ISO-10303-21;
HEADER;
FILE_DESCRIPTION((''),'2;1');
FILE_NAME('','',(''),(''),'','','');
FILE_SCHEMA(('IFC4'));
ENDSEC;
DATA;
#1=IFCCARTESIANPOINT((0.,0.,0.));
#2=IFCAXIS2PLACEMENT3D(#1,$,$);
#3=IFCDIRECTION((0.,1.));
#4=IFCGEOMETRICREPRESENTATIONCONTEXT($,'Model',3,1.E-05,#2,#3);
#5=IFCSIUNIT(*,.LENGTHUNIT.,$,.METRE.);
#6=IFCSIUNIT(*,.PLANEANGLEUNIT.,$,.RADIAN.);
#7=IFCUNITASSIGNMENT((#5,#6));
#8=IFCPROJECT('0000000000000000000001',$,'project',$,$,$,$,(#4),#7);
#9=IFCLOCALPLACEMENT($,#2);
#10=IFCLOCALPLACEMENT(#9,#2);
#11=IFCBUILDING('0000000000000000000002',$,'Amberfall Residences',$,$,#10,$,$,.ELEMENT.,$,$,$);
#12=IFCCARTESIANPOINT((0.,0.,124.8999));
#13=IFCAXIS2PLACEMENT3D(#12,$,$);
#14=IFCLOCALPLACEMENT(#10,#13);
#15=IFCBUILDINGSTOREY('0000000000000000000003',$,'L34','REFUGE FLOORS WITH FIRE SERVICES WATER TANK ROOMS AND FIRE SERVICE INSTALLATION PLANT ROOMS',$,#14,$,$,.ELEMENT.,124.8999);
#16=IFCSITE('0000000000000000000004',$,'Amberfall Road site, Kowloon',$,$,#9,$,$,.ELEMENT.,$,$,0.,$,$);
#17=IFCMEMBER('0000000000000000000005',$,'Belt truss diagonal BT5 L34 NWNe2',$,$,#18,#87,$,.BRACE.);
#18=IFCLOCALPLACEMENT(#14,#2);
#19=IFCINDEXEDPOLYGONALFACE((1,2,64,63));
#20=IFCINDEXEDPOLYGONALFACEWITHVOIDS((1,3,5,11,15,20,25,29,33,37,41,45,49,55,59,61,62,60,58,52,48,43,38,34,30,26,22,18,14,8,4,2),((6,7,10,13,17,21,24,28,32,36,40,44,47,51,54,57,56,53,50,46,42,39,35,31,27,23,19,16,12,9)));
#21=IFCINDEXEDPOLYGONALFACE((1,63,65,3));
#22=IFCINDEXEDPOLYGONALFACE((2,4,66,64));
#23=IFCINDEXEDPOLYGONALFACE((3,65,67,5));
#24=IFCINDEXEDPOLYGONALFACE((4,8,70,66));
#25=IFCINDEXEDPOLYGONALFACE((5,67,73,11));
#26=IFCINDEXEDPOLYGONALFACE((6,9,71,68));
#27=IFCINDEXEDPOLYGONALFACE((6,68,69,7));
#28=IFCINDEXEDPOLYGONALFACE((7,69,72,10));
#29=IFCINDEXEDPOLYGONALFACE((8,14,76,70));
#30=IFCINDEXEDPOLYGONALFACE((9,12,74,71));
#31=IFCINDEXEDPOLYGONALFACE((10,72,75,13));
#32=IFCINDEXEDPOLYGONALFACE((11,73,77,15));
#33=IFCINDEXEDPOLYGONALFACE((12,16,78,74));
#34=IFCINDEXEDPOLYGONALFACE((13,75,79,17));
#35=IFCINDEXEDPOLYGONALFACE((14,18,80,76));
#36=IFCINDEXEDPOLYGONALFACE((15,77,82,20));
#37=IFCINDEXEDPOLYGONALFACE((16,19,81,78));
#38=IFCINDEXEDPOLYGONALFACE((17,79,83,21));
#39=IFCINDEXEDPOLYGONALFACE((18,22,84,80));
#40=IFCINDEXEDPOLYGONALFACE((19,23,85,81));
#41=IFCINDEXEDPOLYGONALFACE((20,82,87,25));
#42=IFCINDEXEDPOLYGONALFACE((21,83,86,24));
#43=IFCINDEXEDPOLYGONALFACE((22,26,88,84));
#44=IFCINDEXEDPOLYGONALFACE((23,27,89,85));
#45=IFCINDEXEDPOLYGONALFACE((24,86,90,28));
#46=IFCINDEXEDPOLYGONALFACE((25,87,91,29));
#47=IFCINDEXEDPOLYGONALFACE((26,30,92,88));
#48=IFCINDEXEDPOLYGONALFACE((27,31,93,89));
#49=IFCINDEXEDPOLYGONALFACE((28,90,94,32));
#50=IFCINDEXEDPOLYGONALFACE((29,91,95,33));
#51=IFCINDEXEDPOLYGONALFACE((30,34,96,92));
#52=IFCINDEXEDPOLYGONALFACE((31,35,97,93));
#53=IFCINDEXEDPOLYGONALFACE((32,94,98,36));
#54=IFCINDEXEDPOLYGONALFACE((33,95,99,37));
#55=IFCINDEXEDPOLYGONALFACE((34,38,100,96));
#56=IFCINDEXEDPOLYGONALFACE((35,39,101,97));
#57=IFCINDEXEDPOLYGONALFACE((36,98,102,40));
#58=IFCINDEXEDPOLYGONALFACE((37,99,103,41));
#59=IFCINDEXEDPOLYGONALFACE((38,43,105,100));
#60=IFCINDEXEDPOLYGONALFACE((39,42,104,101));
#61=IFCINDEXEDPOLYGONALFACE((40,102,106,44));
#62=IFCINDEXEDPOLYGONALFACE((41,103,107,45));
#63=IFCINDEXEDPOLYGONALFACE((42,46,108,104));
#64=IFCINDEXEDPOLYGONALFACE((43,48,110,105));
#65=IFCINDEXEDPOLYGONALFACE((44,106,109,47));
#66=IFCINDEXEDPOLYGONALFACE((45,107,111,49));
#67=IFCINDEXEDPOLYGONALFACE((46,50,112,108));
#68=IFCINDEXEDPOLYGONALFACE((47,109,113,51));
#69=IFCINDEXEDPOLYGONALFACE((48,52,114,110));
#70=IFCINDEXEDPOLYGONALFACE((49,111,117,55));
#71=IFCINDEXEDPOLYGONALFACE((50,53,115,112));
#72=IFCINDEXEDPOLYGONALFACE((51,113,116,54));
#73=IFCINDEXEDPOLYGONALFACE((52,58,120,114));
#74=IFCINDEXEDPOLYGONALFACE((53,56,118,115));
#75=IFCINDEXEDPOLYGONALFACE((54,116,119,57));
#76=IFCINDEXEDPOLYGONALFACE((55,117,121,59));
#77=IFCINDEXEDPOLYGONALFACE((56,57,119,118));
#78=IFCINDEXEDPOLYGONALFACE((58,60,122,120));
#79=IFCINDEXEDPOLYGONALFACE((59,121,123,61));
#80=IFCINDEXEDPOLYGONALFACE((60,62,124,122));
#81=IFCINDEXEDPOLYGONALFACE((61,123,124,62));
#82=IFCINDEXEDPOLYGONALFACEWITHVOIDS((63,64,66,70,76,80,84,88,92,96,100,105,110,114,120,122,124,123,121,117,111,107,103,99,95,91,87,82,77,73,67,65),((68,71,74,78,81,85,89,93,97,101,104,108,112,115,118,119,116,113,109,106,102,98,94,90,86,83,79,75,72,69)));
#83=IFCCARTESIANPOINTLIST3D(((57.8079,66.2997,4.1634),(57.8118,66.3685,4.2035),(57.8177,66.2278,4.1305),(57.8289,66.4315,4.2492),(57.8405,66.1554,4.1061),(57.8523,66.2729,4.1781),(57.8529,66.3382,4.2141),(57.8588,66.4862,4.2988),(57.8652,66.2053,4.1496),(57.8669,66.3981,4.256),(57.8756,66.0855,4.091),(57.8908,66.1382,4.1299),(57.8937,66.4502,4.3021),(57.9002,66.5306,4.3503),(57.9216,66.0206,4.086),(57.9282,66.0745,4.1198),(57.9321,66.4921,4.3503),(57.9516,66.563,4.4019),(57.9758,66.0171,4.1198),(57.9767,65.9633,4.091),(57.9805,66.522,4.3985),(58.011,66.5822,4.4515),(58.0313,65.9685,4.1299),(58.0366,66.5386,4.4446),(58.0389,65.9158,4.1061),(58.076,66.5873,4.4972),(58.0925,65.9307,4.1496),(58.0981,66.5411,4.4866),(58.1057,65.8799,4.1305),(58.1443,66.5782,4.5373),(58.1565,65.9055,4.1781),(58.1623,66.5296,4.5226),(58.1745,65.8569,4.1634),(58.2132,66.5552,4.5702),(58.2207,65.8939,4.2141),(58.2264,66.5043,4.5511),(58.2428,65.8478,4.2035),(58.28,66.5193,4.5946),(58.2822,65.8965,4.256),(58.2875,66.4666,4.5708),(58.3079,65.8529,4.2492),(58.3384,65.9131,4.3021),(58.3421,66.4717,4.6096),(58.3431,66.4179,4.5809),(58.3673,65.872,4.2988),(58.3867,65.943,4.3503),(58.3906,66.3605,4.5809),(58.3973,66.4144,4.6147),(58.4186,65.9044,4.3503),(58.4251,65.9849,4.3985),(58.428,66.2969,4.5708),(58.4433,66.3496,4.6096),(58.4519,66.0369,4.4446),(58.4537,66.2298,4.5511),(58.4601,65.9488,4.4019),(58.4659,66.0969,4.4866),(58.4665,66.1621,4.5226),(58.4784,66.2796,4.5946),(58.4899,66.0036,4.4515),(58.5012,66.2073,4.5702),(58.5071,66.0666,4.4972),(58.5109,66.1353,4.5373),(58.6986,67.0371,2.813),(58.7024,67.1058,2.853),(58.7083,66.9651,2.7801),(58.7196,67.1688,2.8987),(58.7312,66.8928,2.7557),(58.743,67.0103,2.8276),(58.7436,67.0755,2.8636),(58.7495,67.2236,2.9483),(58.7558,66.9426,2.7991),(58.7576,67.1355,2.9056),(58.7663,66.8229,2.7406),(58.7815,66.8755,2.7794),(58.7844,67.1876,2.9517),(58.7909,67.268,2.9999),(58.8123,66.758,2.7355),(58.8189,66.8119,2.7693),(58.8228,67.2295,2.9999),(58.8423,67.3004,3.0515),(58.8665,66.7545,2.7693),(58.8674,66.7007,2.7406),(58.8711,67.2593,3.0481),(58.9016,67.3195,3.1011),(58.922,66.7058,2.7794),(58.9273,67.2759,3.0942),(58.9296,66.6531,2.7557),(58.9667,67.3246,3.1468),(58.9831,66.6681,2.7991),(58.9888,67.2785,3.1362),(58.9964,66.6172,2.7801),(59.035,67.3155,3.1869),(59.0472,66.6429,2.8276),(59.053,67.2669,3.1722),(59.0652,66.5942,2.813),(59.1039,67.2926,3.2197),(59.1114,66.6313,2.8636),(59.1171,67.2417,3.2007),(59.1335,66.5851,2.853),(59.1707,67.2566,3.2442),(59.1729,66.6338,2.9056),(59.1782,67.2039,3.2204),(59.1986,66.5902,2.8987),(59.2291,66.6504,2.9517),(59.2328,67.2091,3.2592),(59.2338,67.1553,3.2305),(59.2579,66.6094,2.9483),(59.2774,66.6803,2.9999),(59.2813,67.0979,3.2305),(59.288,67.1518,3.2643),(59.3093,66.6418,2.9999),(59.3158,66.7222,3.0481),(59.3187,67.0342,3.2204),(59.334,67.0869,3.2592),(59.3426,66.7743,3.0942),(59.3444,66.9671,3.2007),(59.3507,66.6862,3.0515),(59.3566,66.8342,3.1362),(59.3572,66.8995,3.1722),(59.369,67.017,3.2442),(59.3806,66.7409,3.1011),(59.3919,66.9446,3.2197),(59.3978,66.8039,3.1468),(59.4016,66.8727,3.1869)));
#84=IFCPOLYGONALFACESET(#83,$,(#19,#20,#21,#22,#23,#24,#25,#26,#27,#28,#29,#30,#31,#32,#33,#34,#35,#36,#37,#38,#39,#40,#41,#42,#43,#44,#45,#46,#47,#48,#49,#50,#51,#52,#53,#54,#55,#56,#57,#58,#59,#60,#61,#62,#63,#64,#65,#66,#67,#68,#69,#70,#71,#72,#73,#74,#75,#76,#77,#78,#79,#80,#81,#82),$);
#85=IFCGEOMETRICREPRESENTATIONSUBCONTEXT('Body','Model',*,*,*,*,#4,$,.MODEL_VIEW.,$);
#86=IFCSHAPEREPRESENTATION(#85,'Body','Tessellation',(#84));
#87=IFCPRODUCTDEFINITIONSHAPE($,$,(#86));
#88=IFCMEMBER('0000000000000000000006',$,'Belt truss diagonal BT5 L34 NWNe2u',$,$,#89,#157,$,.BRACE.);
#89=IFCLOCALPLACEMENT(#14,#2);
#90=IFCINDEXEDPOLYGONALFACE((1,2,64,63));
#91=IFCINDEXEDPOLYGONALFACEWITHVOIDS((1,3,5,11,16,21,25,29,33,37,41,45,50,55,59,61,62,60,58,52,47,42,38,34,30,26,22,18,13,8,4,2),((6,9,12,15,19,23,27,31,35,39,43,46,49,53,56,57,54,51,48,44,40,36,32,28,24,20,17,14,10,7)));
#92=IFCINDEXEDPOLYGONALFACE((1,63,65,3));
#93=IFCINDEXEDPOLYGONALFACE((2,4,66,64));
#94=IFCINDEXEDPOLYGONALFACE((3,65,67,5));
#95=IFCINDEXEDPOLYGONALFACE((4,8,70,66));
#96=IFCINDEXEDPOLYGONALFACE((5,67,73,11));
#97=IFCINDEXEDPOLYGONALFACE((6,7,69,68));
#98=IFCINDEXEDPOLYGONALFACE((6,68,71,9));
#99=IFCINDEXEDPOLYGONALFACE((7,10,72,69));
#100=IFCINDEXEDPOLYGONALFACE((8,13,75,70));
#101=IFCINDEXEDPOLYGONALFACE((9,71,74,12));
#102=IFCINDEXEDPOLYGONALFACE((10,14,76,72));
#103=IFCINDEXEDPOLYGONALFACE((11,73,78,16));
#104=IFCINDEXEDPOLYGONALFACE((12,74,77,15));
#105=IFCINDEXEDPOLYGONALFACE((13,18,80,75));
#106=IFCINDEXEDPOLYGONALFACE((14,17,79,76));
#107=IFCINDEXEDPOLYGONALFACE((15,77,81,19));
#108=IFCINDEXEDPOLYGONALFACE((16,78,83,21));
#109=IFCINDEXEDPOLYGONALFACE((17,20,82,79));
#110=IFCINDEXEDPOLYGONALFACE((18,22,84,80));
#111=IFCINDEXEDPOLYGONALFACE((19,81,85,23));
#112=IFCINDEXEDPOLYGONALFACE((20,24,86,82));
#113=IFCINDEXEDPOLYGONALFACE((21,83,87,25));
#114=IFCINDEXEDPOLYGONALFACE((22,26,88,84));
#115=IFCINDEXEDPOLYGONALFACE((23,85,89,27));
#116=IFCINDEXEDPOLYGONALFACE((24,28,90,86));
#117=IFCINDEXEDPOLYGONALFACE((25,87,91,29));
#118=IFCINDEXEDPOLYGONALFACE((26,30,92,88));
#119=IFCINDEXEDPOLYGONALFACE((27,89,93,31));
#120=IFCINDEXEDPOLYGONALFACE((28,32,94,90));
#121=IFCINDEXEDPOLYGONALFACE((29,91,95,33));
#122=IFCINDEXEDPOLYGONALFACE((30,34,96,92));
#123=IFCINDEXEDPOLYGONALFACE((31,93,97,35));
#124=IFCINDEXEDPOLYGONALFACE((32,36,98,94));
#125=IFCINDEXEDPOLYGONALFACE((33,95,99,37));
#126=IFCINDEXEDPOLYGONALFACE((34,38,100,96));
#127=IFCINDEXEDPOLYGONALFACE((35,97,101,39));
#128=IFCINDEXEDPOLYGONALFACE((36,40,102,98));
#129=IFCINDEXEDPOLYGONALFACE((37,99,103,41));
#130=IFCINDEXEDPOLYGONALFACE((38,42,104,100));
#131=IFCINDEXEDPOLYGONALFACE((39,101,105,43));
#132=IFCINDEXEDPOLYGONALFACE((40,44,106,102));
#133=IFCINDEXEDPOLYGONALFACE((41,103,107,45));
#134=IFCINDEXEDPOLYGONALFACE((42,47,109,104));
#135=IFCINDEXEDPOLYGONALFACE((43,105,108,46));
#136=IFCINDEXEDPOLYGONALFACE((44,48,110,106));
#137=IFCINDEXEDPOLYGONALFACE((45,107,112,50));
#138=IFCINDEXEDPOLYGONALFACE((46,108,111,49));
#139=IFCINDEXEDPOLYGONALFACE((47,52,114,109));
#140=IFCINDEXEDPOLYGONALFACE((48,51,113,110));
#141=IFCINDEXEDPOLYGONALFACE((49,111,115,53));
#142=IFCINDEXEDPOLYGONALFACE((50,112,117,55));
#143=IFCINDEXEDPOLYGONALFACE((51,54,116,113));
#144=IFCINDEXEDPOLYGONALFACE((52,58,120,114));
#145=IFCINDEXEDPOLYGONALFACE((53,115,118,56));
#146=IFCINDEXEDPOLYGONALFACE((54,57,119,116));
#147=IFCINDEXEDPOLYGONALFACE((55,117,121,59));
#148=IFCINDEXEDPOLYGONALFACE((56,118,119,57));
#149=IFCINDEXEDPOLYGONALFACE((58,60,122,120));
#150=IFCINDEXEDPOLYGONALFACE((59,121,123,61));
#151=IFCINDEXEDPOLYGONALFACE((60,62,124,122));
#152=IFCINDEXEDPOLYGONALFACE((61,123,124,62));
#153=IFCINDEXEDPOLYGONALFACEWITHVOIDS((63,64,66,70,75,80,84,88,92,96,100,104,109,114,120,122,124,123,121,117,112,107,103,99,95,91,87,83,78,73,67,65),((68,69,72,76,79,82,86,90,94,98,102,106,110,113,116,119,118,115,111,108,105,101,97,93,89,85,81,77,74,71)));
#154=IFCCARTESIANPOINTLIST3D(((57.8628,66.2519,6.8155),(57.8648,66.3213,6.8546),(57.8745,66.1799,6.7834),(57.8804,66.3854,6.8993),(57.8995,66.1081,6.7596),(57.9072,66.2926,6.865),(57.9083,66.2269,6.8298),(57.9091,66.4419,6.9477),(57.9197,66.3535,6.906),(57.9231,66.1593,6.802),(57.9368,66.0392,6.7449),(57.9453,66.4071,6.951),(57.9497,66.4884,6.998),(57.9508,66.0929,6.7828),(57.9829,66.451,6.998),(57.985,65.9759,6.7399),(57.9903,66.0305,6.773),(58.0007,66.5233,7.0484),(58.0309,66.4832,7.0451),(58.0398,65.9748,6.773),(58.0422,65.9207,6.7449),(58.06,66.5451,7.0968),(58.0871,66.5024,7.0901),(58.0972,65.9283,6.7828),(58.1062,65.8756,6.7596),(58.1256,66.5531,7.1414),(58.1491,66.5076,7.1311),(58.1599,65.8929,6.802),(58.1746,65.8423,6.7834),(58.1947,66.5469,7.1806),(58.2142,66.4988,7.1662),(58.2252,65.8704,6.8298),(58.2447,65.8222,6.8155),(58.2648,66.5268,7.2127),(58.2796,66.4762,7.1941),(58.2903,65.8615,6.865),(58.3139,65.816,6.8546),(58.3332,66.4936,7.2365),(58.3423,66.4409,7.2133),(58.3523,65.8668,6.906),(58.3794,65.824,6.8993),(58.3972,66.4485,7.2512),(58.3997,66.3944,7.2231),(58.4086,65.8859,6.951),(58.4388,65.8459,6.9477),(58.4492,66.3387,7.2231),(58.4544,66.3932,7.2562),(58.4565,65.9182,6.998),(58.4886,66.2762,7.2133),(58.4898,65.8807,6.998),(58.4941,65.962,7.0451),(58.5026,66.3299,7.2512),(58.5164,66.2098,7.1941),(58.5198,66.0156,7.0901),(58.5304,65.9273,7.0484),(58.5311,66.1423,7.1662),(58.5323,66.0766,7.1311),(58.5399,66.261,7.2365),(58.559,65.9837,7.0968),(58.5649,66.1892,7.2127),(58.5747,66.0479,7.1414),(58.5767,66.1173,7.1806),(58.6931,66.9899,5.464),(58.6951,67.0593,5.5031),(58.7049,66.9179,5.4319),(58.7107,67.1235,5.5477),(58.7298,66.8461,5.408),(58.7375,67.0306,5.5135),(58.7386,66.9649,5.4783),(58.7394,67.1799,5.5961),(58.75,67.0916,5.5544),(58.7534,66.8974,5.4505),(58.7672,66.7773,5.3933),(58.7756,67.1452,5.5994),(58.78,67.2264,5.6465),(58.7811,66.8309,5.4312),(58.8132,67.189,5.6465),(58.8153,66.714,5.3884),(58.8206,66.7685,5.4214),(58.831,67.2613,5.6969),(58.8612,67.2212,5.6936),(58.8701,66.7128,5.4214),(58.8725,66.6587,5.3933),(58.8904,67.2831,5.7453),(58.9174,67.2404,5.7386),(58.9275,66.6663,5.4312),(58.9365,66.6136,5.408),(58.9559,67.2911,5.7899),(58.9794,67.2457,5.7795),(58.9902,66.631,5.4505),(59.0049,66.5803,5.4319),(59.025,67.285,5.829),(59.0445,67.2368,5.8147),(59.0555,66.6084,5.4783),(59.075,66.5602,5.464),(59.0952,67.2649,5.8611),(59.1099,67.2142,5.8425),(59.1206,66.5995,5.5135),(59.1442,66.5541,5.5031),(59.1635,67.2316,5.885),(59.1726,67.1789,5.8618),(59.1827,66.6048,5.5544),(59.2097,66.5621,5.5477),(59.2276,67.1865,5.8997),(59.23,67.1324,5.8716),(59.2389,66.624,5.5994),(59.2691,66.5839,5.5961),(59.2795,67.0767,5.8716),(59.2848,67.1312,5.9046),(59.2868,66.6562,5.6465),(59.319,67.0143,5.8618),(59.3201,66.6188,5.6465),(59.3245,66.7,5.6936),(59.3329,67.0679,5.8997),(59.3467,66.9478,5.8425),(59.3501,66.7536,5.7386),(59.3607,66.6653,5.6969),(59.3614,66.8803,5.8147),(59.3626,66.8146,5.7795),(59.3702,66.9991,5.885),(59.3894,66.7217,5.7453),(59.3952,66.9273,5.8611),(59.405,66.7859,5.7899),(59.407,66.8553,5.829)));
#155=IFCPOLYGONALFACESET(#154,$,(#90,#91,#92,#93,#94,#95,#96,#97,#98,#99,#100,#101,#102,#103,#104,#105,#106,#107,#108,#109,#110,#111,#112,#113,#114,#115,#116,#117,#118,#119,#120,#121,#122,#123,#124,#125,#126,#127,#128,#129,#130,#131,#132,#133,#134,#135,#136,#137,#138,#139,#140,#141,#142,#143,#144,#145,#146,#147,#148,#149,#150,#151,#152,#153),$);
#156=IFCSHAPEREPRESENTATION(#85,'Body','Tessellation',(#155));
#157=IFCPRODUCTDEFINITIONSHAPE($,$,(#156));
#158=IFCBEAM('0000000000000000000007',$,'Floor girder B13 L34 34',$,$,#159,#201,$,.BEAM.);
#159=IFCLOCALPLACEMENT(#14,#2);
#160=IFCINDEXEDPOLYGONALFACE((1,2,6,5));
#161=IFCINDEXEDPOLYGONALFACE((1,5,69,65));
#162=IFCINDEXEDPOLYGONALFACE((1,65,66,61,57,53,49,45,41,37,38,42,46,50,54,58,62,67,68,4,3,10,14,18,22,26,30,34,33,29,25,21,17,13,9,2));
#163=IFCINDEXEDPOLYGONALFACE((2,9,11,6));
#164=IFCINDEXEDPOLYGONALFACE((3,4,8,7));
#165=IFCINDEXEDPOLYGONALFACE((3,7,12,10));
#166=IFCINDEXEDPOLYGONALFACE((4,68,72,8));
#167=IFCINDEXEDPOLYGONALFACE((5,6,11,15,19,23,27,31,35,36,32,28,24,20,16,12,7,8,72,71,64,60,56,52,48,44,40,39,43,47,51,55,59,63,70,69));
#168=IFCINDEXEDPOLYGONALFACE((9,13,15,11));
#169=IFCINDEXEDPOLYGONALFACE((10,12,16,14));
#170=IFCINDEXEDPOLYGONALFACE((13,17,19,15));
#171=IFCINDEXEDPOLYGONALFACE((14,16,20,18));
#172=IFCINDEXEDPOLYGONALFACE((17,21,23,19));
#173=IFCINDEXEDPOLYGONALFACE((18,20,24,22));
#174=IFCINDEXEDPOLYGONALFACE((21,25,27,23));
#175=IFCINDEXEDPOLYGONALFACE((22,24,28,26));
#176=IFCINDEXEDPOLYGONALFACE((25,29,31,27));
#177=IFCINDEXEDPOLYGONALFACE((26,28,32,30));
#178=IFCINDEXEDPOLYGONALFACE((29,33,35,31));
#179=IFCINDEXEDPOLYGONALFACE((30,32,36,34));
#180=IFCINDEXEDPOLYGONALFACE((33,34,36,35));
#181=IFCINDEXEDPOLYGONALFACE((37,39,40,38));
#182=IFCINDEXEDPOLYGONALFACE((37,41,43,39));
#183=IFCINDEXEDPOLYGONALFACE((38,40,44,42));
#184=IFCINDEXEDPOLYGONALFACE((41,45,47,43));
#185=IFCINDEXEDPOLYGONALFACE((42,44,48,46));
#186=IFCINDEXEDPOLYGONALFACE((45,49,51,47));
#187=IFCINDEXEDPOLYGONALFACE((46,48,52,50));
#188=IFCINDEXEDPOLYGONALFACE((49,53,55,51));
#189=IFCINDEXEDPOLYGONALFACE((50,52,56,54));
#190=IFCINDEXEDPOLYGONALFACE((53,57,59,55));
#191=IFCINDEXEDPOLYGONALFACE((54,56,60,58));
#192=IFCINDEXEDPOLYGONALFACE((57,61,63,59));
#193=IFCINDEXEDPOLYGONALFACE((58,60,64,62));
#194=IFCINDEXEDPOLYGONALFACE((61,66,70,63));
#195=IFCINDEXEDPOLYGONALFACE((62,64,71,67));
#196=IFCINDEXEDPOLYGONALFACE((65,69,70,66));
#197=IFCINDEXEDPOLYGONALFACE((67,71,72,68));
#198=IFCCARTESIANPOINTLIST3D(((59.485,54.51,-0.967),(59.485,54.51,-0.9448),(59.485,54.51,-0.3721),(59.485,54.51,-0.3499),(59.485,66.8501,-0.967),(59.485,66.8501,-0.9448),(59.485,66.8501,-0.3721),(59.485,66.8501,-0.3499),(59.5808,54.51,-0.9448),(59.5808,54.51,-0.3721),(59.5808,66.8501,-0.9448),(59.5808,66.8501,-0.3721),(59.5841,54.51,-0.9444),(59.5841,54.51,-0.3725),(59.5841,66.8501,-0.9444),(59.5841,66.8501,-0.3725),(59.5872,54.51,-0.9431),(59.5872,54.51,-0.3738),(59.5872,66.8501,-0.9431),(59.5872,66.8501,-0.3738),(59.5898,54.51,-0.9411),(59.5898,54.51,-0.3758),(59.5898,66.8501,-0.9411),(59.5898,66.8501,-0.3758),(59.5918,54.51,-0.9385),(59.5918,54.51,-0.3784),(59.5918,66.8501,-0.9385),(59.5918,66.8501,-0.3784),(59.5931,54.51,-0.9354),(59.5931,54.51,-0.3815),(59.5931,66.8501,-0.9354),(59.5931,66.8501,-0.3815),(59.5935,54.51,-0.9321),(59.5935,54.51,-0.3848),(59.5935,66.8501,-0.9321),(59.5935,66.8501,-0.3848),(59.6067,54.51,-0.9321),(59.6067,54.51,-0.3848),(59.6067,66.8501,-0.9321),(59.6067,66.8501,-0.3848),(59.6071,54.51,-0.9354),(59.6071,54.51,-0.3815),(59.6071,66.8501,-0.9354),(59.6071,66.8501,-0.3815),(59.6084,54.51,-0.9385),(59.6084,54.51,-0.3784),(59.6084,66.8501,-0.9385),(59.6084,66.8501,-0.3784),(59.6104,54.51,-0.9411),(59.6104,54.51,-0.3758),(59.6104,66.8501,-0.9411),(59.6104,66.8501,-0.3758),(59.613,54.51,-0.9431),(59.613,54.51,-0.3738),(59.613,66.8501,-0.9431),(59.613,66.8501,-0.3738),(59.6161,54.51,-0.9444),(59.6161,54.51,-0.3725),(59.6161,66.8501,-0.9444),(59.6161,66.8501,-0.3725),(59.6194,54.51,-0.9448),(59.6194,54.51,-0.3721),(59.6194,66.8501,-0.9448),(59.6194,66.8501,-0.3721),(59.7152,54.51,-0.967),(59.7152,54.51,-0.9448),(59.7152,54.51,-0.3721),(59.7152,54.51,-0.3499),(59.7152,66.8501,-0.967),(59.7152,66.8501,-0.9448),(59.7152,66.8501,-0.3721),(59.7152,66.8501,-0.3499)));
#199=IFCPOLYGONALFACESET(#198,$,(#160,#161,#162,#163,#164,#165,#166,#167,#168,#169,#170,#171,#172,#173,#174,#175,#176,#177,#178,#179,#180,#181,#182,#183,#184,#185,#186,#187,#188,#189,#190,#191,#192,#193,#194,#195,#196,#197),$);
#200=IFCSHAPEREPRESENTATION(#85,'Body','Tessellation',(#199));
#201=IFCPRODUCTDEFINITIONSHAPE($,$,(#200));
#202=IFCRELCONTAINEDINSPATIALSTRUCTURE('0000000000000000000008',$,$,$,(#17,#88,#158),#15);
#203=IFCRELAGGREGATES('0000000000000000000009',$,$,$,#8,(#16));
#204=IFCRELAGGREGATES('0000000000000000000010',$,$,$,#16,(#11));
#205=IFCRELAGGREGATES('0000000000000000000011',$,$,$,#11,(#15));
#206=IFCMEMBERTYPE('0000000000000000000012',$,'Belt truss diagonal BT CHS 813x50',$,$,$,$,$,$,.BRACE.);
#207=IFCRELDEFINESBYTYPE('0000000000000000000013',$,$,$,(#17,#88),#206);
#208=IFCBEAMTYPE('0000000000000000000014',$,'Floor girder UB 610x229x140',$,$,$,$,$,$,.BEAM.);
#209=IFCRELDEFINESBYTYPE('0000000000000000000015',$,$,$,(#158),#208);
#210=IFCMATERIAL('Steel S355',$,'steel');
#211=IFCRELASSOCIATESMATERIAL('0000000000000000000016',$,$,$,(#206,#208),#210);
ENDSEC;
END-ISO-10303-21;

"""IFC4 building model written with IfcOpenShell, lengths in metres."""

from ifc_helpers import new_model, si_unit, direction, frame, origin, origin_2d, place, context, subcontext, project, spatial, hollow_circle, i_section, extrude, material, material_profile, profile_set, type_object, element, save


model = new_model("IFC4")

# Units and contexts
model_context = context("Model", 3, precision=1e-05, world=origin(), true_north=direction((0.0, 1.0)))
body_context = subcontext(model_context, "Body", "Model", "MODEL_VIEW")
ifc_project = project(units=[si_unit("LENGTHUNIT", "METRE"), si_unit("PLANEANGLEUNIT", "RADIAN")], contexts=[model_context])

# Site, building, storey
site_placement = place(None, origin())
site = spatial("IfcSite", under=ifc_project, at=site_placement, Name="Amberfall Road site, Kowloon", CompositionType="ELEMENT", RefElevation=0.0)
building_placement = place(site_placement, origin())
building = spatial("IfcBuilding", under=site, at=building_placement, Name="Amberfall Residences", CompositionType="ELEMENT")
storey_placement = place(building_placement, frame((0.0, 0.0, 124.8999)))
storey = spatial("IfcBuildingStorey", under=building, at=storey_placement, Name="L34", Description="REFUGE FLOORS WITH FIRE SERVICES WATER TANK ROOMS AND FIRE SERVICE INSTALLATION PLANT ROOMS", CompositionType="ELEMENT", Elevation=124.8999)

# Members
ifc_material_1 = material(Name="Steel S355", Category="steel")
ifc_material_profile_1 = material_profile(ifc_material_1, hollow_circle(Radius=0.4065, WallThickness=0.05, at=origin_2d()), Name="CHS 813x50")
ifc_profile_set_1 = profile_set([ifc_material_profile_1], Name="Steel S355")
member_type_1 = type_object("IfcMemberType", Name="Belt truss diagonal BT CHS 813x50", PredefinedType="BRACE", material=ifc_profile_set_1)
member_1_placement = place(storey_placement, frame((58.1594, 66.2175, 4.3503), z_axis=(0.500996, 0.41475, -0.759596), x_axis=(-0.637689, 0.770294, 0.0)))
element("IfcMember", 1, at=member_1_placement, inside=storey, type_object=member_type_1, Name="Belt truss diagonal BT5 L34 NWNe2", PredefinedType="BRACE", context=body_context, shape_type="SweptSolid", body=[
    extrude(hollow_circle(Radius=0.4065, WallThickness=0.05, at=origin_2d()), origin(), (0.0, 0.0, 1.0), 1.7778),
])
member_2_placement = place(storey_placement, frame((58.2197, 66.1846, 6.998), z_axis=(0.474597, 0.421849, -0.772529), x_axis=(-0.66435, 0.747421, 0.0)))
element("IfcMember", 2, at=member_2_placement, inside=storey, type_object=member_type_1, Name="Belt truss diagonal BT5 L34 NWNe2u", PredefinedType="BRACE", context=body_context, shape_type="SweptSolid", body=[
    extrude(hollow_circle(Radius=0.4065, WallThickness=0.05, at=origin_2d()), origin(), (0.0, 0.0, 1.0), 1.7495),
])

# Beam
ifc_material_profile_2 = material_profile(ifc_material_1, i_section(OverallWidth=0.2302, OverallDepth=0.6172, WebThickness=0.0132, FlangeThickness=0.0222, FilletRadius=0.0127, at=origin_2d()), Name="UB 610x229x140")
ifc_profile_set_2 = profile_set([ifc_material_profile_2], Name="Steel S355")
beam_type_1 = type_object("IfcBeamType", Name="Floor girder UB 610x229x140", PredefinedType="BEAM", material=ifc_profile_set_2)
beam_placement = place(storey_placement, frame((59.6001, 66.8501, -0.6584), z_axis=(0.0, -1.0, 0.0), x_axis=(1.0, 0.0, 0.0)))
element("IfcBeam", 3, at=beam_placement, inside=storey, type_object=beam_type_1, Name="Floor girder B13 L34 34", PredefinedType="BEAM", context=body_context, shape_type="SweptSolid", body=[
    extrude(i_section(OverallWidth=0.2302, OverallDepth=0.6172, WebThickness=0.0132, FlangeThickness=0.0222, FilletRadius=0.0127, at=origin_2d()), origin(), (0.0, 0.0, 1.0), 12.3401),
])

save(model, "model.ifc")
